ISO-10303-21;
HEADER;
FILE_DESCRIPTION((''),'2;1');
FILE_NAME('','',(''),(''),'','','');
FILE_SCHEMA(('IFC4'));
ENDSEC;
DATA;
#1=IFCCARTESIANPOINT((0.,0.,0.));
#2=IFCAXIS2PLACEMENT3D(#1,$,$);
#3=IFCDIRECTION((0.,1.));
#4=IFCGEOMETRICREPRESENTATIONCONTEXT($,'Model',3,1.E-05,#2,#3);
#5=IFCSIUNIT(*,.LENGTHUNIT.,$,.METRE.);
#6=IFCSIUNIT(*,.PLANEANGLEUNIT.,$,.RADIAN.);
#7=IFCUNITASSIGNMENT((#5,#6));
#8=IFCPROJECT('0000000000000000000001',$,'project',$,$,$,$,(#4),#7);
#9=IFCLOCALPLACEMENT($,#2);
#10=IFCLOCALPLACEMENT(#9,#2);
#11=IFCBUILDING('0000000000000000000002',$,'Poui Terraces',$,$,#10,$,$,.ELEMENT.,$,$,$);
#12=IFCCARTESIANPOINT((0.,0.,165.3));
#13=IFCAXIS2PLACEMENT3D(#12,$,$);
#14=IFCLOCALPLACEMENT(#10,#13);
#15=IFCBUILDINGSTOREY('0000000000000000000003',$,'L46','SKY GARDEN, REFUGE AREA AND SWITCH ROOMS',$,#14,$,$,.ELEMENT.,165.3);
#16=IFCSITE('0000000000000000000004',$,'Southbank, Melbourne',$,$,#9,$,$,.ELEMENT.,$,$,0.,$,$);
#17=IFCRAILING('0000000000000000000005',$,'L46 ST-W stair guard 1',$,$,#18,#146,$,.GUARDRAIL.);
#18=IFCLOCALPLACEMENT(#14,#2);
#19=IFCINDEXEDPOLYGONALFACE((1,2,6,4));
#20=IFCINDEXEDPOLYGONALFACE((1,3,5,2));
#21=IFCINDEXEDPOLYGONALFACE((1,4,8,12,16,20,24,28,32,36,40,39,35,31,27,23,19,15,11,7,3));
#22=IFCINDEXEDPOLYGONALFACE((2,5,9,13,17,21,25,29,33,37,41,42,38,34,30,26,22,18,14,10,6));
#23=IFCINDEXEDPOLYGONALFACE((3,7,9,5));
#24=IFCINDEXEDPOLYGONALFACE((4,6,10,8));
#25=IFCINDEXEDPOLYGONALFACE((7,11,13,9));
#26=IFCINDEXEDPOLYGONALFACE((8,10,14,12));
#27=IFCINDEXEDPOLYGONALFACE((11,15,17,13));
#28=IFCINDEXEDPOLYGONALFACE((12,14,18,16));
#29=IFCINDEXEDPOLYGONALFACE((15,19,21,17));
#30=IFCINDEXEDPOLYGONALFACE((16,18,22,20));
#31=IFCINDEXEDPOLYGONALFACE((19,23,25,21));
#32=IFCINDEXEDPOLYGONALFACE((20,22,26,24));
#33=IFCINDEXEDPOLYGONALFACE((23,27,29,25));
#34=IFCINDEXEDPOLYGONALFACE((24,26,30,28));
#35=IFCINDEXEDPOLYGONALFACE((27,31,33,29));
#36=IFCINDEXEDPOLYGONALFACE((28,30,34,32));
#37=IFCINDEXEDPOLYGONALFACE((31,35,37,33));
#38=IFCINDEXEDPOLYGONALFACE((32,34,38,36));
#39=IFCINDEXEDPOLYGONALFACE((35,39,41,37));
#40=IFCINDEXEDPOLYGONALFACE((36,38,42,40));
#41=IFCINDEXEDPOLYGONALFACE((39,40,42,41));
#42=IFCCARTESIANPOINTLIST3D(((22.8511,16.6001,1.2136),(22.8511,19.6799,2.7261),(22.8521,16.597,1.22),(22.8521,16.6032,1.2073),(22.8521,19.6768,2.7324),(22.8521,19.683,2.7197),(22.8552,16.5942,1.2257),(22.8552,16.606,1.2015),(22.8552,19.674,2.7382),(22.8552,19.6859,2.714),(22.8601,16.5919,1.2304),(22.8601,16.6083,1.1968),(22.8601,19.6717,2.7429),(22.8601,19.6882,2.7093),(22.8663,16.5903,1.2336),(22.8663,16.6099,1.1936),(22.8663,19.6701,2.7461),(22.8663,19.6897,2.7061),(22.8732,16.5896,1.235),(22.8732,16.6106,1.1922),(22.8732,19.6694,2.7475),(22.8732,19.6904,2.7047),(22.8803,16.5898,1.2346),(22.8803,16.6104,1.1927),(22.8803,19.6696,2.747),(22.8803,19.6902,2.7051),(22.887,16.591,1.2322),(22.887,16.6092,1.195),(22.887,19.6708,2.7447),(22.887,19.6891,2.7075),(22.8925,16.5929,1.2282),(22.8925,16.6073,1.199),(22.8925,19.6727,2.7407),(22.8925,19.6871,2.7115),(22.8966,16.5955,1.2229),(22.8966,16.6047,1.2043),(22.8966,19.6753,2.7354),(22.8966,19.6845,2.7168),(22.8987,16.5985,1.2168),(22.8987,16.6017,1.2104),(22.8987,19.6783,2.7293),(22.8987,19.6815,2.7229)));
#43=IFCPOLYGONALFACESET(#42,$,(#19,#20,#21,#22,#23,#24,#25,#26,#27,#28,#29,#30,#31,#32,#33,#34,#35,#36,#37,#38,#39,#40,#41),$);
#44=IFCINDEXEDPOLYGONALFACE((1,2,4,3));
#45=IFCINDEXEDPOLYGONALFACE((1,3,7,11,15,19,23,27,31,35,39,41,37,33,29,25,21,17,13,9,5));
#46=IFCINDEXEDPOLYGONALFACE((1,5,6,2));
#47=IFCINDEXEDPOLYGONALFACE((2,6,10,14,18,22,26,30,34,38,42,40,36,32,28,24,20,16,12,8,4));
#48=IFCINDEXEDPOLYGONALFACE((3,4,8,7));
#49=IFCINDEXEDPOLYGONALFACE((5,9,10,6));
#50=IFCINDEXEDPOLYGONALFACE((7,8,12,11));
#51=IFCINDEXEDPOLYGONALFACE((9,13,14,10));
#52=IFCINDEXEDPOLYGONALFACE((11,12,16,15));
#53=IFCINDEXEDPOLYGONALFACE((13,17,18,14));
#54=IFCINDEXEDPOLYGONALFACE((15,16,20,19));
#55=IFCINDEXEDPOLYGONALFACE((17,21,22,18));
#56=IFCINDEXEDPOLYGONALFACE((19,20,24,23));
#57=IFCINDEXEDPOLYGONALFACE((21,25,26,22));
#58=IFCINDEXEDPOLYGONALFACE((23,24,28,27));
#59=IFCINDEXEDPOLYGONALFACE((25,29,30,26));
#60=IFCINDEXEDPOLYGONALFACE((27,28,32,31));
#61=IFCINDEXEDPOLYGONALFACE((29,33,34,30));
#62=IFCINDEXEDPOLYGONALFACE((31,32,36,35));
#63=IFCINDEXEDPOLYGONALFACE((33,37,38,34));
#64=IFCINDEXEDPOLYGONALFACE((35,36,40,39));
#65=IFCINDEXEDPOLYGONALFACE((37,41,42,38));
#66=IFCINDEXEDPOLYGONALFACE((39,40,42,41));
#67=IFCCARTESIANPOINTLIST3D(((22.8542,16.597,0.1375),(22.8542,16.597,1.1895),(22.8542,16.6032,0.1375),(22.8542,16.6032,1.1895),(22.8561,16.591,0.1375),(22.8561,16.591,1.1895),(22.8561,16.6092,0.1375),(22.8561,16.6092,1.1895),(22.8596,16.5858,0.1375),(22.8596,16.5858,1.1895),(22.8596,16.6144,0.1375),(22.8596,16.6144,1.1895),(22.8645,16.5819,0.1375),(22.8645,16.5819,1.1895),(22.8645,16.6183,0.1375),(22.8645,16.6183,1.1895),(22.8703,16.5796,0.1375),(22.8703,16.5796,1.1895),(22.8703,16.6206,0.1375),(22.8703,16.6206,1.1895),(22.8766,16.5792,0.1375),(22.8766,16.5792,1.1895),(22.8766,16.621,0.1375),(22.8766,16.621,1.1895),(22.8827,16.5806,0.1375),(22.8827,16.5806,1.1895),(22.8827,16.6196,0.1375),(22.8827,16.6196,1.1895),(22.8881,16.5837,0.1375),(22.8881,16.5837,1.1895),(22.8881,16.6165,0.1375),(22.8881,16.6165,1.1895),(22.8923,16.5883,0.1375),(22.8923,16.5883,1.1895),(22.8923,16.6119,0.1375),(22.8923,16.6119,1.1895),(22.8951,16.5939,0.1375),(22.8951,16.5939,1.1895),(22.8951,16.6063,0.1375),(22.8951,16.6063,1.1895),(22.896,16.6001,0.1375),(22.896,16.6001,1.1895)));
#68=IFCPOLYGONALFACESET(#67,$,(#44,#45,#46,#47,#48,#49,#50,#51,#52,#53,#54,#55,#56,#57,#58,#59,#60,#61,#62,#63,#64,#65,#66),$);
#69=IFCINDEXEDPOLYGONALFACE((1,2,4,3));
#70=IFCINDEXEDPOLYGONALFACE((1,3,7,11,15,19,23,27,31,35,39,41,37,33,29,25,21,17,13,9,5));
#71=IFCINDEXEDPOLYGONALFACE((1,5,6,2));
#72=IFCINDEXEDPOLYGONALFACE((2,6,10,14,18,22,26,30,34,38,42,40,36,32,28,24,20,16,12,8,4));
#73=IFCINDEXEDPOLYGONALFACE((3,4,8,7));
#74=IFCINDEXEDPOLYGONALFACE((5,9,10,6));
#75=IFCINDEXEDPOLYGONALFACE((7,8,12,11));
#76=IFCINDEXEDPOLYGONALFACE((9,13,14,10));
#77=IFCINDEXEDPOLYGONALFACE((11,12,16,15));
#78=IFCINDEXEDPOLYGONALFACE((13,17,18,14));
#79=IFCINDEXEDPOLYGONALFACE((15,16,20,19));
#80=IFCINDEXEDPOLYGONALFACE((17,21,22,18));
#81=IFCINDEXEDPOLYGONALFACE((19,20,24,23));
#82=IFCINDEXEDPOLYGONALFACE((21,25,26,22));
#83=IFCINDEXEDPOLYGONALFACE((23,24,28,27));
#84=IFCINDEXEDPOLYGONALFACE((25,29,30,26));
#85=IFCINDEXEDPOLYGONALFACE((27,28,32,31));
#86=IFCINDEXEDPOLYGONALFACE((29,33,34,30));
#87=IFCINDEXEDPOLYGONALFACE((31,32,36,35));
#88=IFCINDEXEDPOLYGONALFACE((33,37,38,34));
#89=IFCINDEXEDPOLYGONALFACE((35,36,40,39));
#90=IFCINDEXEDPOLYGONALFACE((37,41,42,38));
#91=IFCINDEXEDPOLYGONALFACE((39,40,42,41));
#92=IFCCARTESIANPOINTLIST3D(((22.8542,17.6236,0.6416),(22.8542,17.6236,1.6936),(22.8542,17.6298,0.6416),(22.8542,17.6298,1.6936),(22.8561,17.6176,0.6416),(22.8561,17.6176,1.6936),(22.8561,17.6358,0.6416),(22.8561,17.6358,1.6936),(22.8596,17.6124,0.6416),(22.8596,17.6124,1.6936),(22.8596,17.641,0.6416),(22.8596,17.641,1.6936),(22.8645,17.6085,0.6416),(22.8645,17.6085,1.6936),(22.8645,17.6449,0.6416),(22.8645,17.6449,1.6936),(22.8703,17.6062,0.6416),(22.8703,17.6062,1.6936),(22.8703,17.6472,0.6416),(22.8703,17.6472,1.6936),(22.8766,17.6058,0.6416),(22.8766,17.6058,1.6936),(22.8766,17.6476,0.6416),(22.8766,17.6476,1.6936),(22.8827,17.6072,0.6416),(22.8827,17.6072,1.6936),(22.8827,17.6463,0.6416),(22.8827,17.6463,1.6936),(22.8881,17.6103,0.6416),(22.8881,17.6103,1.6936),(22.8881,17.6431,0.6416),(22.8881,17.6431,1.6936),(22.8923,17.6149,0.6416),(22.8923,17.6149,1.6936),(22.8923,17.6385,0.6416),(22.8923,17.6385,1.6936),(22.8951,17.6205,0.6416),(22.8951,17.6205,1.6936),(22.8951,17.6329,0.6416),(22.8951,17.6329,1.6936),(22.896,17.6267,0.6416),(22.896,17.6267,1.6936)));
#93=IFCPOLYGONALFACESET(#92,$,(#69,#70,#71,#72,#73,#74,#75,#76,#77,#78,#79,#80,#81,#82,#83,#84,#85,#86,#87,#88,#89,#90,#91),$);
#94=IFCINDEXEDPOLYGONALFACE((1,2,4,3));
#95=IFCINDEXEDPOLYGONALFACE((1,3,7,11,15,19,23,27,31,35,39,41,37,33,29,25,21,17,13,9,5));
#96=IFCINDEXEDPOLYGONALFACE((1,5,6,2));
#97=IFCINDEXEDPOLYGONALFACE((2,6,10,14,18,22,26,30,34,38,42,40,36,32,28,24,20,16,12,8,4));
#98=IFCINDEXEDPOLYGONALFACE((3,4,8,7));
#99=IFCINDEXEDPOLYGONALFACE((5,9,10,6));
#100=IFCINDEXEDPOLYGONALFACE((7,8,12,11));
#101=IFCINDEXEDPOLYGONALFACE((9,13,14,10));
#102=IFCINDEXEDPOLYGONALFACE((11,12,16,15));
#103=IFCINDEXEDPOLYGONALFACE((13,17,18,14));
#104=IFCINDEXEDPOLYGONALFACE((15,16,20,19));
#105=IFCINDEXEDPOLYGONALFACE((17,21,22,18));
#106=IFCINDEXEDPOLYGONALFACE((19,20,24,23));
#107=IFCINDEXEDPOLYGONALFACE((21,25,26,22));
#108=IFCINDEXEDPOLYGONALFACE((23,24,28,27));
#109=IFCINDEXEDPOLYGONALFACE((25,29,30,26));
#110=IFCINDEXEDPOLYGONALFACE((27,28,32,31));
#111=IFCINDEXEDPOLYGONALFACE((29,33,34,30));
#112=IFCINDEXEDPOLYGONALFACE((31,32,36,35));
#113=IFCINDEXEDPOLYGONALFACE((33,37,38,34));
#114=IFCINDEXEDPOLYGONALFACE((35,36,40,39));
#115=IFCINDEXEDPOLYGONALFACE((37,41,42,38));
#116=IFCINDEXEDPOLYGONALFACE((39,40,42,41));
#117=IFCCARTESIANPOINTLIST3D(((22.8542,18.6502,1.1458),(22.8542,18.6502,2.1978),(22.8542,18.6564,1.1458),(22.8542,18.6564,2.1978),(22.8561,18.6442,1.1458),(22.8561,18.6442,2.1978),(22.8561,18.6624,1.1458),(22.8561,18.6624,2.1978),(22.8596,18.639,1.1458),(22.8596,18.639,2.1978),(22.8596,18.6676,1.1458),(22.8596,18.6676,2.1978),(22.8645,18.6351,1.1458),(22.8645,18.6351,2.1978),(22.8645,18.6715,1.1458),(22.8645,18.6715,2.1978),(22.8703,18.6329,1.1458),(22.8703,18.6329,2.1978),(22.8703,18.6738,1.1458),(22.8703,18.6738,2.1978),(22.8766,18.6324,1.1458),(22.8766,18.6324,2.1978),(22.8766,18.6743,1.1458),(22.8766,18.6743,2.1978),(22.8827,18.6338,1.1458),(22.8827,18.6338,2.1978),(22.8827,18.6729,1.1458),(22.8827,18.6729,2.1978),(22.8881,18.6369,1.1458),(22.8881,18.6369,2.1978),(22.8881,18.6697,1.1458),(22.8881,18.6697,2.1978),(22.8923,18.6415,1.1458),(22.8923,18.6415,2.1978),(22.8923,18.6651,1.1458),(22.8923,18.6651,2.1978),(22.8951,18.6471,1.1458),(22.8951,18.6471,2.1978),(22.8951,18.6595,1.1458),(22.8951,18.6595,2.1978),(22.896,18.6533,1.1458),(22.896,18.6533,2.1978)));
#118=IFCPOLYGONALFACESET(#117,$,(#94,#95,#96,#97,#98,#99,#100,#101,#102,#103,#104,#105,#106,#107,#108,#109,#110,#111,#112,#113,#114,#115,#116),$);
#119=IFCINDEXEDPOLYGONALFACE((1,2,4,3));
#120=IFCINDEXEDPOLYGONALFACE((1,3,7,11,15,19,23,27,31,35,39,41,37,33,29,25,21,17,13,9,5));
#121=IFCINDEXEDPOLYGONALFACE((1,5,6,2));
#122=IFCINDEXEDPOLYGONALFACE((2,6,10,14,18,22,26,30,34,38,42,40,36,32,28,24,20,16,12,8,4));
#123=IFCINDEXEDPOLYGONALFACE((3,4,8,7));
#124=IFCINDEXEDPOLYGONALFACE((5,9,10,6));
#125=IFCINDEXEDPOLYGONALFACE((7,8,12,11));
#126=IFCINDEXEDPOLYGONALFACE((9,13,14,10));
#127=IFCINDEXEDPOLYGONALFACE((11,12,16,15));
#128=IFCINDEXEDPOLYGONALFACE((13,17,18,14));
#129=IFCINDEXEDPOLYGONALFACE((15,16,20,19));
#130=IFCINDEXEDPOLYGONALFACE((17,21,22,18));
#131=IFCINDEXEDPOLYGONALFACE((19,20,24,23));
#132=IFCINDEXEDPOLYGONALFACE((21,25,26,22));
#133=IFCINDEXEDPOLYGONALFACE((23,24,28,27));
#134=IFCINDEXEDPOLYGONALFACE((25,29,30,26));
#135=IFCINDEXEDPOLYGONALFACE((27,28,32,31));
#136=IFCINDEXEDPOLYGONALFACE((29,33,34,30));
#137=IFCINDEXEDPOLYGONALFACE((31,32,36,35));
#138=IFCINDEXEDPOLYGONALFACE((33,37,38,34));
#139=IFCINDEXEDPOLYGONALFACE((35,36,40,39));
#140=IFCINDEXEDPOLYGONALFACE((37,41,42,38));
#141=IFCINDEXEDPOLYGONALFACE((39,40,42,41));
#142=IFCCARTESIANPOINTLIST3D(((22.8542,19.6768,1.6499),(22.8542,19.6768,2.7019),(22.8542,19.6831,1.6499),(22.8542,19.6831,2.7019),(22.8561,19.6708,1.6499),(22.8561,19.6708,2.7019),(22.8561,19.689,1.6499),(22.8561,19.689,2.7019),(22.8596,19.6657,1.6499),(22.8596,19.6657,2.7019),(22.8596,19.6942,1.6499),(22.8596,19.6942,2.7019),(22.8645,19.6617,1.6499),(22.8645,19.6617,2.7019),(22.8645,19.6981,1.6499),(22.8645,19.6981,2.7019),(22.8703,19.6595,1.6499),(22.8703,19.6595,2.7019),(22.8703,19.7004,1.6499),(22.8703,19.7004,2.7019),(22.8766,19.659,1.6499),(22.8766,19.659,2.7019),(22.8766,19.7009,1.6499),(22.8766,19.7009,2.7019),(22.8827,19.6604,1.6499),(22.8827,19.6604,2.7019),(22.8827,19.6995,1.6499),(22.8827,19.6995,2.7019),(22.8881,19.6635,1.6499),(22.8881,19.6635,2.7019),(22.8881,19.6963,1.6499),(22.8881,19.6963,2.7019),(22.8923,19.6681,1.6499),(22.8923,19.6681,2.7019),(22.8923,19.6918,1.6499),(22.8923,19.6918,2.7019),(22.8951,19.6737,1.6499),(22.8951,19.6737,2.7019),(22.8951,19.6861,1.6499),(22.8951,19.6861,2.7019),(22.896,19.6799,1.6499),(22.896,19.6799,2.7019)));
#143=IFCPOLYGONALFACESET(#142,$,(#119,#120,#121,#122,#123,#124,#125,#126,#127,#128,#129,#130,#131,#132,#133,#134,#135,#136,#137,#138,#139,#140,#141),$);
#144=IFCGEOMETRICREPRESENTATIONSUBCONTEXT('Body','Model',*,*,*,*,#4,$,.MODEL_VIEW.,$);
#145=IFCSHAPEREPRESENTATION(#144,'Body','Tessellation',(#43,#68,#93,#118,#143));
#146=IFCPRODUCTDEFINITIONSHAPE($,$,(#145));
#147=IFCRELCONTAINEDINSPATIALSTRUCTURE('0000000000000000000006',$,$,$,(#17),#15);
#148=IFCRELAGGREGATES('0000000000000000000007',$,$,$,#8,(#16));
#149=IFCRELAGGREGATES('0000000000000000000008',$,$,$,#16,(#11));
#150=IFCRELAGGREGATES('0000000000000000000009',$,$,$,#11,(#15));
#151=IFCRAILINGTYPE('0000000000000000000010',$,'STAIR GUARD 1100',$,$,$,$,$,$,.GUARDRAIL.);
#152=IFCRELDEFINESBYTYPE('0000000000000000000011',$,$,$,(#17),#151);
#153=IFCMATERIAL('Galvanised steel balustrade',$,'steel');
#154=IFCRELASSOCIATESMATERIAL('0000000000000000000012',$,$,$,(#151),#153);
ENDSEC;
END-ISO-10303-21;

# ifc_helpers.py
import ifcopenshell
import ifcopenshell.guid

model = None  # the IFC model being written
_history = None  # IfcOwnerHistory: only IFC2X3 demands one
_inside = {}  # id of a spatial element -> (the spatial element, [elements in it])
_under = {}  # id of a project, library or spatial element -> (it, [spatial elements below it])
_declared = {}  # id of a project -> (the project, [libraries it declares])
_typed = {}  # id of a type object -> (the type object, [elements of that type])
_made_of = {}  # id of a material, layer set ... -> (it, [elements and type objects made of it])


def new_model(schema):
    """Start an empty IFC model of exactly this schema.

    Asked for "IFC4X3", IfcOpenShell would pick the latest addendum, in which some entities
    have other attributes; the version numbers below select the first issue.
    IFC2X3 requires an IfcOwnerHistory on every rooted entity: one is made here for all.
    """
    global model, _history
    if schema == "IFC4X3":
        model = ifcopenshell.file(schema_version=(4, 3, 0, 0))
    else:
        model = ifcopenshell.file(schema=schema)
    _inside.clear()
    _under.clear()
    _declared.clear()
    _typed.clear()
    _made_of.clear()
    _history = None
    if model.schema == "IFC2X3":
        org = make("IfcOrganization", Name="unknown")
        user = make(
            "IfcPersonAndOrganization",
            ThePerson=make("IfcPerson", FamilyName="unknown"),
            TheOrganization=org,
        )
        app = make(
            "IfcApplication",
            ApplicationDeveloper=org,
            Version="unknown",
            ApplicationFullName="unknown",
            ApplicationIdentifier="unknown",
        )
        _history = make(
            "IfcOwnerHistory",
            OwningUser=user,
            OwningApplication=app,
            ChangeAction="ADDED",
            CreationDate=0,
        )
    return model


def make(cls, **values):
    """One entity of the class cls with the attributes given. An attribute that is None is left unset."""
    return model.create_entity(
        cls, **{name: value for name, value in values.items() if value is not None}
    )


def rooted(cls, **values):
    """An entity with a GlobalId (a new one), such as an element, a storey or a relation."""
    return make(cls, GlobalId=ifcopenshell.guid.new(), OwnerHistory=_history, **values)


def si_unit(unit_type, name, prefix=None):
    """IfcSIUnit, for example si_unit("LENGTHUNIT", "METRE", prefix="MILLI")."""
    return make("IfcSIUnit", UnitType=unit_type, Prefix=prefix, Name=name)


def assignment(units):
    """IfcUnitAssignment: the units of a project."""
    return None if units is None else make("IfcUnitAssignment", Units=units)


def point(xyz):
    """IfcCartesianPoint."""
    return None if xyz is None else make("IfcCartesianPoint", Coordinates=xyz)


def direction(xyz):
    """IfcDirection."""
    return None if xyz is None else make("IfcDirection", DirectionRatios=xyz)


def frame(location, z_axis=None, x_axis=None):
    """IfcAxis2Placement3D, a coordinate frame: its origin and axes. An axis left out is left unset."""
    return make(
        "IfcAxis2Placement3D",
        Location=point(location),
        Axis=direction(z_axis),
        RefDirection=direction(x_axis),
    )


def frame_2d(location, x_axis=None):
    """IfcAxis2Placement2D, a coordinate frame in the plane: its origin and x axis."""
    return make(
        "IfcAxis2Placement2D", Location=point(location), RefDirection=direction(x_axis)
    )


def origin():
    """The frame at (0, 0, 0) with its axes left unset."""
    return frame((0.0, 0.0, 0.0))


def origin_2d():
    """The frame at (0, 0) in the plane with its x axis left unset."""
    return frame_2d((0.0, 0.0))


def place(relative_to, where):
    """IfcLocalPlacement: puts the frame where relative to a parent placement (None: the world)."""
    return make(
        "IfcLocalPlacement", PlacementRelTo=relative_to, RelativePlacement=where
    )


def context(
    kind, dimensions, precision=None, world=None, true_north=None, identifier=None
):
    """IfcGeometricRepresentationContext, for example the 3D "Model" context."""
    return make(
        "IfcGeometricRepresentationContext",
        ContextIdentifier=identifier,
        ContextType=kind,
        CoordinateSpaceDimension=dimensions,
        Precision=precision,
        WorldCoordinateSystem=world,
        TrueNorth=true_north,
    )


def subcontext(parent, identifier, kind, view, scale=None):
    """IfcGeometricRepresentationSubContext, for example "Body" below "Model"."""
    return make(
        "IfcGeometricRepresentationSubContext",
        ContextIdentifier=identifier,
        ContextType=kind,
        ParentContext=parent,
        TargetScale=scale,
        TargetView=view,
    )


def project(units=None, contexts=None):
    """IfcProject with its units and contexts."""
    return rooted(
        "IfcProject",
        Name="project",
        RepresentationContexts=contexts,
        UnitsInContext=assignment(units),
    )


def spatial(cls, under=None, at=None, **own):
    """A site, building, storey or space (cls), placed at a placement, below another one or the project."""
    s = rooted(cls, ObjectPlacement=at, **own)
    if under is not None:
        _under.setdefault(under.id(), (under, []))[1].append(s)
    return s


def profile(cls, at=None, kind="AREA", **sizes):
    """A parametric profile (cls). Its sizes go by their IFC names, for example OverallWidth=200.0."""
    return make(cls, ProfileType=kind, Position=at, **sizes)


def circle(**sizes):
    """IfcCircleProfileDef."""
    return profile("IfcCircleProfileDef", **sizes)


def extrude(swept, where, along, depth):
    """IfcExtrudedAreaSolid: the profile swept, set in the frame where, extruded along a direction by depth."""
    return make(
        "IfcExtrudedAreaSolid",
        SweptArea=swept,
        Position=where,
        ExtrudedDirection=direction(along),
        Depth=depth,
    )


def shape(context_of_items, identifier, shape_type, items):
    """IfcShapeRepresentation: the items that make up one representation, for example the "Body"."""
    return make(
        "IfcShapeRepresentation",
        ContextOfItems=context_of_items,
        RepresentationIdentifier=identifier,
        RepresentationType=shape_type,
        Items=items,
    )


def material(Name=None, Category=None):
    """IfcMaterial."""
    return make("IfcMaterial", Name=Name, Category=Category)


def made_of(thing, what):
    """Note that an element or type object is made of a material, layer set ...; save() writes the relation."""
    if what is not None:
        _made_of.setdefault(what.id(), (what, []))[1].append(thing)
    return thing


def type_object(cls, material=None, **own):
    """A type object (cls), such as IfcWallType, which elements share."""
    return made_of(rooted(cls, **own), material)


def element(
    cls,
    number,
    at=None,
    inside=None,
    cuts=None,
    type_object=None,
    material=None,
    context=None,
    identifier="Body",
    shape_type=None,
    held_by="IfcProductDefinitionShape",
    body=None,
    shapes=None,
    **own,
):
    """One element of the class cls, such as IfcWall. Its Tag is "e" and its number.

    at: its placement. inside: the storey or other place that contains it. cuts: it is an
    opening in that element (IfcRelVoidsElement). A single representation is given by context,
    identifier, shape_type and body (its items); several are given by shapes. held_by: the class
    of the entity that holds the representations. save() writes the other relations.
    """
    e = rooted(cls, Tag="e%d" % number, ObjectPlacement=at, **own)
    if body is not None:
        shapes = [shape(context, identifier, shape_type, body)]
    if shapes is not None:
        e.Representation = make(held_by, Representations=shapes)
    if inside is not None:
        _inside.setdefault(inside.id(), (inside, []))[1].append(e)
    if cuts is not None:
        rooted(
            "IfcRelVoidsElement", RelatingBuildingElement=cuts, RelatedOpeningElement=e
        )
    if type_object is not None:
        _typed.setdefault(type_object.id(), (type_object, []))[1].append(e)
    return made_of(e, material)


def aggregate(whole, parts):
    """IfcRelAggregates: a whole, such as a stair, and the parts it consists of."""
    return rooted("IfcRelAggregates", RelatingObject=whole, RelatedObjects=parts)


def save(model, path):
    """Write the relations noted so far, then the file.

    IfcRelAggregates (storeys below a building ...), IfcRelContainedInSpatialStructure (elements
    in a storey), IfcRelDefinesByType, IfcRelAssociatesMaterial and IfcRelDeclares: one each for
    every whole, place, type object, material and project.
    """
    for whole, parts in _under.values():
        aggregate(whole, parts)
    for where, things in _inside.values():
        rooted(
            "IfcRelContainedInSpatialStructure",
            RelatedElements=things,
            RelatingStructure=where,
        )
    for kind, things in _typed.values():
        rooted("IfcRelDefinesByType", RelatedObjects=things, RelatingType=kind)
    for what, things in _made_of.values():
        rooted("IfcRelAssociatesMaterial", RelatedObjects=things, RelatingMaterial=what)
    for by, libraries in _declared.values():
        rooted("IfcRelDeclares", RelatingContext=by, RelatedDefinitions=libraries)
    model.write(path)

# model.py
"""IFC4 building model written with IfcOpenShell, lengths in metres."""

from ifc_helpers import new_model, si_unit, direction, frame, origin, origin_2d, place, context, subcontext, project, spatial, circle, extrude, material, type_object, element, save


model = new_model("IFC4")

# Units and contexts
model_context = context("Model", 3, precision=1e-05, world=origin(), true_north=direction((0.0, 1.0)))
body_context = subcontext(model_context, "Body", "Model", "MODEL_VIEW")
ifc_project = project(units=[si_unit("LENGTHUNIT", "METRE"), si_unit("PLANEANGLEUNIT", "RADIAN")], contexts=[model_context])

# Site, building, storey
site_placement = place(None, origin())
site = spatial("IfcSite", under=ifc_project, at=site_placement, Name="Southbank, Melbourne", CompositionType="ELEMENT", RefElevation=0.0)
building_placement = place(site_placement, origin())
building = spatial("IfcBuilding", under=site, at=building_placement, Name="Poui Terraces", CompositionType="ELEMENT")
storey_placement = place(building_placement, frame((0.0, 0.0, 165.3)))
storey = spatial("IfcBuildingStorey", under=building, at=storey_placement, Name="L46", Description="SKY GARDEN, REFUGE AREA AND SWITCH ROOMS", CompositionType="ELEMENT", Elevation=165.3)

# Railing
ifc_material_1 = material(Name="Galvanised steel balustrade", Category="steel")
railing_type = type_object("IfcRailingType", Name="STAIR GUARD 1100", PredefinedType="GUARDRAIL", material=ifc_material_1)
railing_placement = place(storey_placement, frame((22.875, 16.6001, 0.1375)))
element("IfcRailing", 1, at=railing_placement, inside=storey, type_object=railing_type, Name="L46 ST-W stair guard 1", PredefinedType="GUARDRAIL", context=body_context, shape_type="SweptSolid", body=[
    extrude(circle(Radius=0.0239, at=origin_2d()), frame((0.0, 0.0, 1.0762), z_axis=(0.0, 0.897606, 0.440798), x_axis=(-1.0, 0.0, 0.0)), (0.0, 0.0, 1.0), 3.4312),
    extrude(circle(Radius=0.021, at=origin_2d()), origin(), (0.0, 0.0, 1.0), 1.052),
    extrude(circle(Radius=0.021, at=origin_2d()), frame((0.0, 1.0266, 0.5042)), (0.0, 0.0, 1.0), 1.052),
    extrude(circle(Radius=0.021, at=origin_2d()), frame((0.0, 2.0532, 1.0083)), (0.0, 0.0, 1.0), 1.052),
    extrude(circle(Radius=0.021, at=origin_2d()), frame((0.0, 3.0798, 1.5125)), (0.0, 0.0, 1.0), 1.052),
])

save(model, "model.ifc")
